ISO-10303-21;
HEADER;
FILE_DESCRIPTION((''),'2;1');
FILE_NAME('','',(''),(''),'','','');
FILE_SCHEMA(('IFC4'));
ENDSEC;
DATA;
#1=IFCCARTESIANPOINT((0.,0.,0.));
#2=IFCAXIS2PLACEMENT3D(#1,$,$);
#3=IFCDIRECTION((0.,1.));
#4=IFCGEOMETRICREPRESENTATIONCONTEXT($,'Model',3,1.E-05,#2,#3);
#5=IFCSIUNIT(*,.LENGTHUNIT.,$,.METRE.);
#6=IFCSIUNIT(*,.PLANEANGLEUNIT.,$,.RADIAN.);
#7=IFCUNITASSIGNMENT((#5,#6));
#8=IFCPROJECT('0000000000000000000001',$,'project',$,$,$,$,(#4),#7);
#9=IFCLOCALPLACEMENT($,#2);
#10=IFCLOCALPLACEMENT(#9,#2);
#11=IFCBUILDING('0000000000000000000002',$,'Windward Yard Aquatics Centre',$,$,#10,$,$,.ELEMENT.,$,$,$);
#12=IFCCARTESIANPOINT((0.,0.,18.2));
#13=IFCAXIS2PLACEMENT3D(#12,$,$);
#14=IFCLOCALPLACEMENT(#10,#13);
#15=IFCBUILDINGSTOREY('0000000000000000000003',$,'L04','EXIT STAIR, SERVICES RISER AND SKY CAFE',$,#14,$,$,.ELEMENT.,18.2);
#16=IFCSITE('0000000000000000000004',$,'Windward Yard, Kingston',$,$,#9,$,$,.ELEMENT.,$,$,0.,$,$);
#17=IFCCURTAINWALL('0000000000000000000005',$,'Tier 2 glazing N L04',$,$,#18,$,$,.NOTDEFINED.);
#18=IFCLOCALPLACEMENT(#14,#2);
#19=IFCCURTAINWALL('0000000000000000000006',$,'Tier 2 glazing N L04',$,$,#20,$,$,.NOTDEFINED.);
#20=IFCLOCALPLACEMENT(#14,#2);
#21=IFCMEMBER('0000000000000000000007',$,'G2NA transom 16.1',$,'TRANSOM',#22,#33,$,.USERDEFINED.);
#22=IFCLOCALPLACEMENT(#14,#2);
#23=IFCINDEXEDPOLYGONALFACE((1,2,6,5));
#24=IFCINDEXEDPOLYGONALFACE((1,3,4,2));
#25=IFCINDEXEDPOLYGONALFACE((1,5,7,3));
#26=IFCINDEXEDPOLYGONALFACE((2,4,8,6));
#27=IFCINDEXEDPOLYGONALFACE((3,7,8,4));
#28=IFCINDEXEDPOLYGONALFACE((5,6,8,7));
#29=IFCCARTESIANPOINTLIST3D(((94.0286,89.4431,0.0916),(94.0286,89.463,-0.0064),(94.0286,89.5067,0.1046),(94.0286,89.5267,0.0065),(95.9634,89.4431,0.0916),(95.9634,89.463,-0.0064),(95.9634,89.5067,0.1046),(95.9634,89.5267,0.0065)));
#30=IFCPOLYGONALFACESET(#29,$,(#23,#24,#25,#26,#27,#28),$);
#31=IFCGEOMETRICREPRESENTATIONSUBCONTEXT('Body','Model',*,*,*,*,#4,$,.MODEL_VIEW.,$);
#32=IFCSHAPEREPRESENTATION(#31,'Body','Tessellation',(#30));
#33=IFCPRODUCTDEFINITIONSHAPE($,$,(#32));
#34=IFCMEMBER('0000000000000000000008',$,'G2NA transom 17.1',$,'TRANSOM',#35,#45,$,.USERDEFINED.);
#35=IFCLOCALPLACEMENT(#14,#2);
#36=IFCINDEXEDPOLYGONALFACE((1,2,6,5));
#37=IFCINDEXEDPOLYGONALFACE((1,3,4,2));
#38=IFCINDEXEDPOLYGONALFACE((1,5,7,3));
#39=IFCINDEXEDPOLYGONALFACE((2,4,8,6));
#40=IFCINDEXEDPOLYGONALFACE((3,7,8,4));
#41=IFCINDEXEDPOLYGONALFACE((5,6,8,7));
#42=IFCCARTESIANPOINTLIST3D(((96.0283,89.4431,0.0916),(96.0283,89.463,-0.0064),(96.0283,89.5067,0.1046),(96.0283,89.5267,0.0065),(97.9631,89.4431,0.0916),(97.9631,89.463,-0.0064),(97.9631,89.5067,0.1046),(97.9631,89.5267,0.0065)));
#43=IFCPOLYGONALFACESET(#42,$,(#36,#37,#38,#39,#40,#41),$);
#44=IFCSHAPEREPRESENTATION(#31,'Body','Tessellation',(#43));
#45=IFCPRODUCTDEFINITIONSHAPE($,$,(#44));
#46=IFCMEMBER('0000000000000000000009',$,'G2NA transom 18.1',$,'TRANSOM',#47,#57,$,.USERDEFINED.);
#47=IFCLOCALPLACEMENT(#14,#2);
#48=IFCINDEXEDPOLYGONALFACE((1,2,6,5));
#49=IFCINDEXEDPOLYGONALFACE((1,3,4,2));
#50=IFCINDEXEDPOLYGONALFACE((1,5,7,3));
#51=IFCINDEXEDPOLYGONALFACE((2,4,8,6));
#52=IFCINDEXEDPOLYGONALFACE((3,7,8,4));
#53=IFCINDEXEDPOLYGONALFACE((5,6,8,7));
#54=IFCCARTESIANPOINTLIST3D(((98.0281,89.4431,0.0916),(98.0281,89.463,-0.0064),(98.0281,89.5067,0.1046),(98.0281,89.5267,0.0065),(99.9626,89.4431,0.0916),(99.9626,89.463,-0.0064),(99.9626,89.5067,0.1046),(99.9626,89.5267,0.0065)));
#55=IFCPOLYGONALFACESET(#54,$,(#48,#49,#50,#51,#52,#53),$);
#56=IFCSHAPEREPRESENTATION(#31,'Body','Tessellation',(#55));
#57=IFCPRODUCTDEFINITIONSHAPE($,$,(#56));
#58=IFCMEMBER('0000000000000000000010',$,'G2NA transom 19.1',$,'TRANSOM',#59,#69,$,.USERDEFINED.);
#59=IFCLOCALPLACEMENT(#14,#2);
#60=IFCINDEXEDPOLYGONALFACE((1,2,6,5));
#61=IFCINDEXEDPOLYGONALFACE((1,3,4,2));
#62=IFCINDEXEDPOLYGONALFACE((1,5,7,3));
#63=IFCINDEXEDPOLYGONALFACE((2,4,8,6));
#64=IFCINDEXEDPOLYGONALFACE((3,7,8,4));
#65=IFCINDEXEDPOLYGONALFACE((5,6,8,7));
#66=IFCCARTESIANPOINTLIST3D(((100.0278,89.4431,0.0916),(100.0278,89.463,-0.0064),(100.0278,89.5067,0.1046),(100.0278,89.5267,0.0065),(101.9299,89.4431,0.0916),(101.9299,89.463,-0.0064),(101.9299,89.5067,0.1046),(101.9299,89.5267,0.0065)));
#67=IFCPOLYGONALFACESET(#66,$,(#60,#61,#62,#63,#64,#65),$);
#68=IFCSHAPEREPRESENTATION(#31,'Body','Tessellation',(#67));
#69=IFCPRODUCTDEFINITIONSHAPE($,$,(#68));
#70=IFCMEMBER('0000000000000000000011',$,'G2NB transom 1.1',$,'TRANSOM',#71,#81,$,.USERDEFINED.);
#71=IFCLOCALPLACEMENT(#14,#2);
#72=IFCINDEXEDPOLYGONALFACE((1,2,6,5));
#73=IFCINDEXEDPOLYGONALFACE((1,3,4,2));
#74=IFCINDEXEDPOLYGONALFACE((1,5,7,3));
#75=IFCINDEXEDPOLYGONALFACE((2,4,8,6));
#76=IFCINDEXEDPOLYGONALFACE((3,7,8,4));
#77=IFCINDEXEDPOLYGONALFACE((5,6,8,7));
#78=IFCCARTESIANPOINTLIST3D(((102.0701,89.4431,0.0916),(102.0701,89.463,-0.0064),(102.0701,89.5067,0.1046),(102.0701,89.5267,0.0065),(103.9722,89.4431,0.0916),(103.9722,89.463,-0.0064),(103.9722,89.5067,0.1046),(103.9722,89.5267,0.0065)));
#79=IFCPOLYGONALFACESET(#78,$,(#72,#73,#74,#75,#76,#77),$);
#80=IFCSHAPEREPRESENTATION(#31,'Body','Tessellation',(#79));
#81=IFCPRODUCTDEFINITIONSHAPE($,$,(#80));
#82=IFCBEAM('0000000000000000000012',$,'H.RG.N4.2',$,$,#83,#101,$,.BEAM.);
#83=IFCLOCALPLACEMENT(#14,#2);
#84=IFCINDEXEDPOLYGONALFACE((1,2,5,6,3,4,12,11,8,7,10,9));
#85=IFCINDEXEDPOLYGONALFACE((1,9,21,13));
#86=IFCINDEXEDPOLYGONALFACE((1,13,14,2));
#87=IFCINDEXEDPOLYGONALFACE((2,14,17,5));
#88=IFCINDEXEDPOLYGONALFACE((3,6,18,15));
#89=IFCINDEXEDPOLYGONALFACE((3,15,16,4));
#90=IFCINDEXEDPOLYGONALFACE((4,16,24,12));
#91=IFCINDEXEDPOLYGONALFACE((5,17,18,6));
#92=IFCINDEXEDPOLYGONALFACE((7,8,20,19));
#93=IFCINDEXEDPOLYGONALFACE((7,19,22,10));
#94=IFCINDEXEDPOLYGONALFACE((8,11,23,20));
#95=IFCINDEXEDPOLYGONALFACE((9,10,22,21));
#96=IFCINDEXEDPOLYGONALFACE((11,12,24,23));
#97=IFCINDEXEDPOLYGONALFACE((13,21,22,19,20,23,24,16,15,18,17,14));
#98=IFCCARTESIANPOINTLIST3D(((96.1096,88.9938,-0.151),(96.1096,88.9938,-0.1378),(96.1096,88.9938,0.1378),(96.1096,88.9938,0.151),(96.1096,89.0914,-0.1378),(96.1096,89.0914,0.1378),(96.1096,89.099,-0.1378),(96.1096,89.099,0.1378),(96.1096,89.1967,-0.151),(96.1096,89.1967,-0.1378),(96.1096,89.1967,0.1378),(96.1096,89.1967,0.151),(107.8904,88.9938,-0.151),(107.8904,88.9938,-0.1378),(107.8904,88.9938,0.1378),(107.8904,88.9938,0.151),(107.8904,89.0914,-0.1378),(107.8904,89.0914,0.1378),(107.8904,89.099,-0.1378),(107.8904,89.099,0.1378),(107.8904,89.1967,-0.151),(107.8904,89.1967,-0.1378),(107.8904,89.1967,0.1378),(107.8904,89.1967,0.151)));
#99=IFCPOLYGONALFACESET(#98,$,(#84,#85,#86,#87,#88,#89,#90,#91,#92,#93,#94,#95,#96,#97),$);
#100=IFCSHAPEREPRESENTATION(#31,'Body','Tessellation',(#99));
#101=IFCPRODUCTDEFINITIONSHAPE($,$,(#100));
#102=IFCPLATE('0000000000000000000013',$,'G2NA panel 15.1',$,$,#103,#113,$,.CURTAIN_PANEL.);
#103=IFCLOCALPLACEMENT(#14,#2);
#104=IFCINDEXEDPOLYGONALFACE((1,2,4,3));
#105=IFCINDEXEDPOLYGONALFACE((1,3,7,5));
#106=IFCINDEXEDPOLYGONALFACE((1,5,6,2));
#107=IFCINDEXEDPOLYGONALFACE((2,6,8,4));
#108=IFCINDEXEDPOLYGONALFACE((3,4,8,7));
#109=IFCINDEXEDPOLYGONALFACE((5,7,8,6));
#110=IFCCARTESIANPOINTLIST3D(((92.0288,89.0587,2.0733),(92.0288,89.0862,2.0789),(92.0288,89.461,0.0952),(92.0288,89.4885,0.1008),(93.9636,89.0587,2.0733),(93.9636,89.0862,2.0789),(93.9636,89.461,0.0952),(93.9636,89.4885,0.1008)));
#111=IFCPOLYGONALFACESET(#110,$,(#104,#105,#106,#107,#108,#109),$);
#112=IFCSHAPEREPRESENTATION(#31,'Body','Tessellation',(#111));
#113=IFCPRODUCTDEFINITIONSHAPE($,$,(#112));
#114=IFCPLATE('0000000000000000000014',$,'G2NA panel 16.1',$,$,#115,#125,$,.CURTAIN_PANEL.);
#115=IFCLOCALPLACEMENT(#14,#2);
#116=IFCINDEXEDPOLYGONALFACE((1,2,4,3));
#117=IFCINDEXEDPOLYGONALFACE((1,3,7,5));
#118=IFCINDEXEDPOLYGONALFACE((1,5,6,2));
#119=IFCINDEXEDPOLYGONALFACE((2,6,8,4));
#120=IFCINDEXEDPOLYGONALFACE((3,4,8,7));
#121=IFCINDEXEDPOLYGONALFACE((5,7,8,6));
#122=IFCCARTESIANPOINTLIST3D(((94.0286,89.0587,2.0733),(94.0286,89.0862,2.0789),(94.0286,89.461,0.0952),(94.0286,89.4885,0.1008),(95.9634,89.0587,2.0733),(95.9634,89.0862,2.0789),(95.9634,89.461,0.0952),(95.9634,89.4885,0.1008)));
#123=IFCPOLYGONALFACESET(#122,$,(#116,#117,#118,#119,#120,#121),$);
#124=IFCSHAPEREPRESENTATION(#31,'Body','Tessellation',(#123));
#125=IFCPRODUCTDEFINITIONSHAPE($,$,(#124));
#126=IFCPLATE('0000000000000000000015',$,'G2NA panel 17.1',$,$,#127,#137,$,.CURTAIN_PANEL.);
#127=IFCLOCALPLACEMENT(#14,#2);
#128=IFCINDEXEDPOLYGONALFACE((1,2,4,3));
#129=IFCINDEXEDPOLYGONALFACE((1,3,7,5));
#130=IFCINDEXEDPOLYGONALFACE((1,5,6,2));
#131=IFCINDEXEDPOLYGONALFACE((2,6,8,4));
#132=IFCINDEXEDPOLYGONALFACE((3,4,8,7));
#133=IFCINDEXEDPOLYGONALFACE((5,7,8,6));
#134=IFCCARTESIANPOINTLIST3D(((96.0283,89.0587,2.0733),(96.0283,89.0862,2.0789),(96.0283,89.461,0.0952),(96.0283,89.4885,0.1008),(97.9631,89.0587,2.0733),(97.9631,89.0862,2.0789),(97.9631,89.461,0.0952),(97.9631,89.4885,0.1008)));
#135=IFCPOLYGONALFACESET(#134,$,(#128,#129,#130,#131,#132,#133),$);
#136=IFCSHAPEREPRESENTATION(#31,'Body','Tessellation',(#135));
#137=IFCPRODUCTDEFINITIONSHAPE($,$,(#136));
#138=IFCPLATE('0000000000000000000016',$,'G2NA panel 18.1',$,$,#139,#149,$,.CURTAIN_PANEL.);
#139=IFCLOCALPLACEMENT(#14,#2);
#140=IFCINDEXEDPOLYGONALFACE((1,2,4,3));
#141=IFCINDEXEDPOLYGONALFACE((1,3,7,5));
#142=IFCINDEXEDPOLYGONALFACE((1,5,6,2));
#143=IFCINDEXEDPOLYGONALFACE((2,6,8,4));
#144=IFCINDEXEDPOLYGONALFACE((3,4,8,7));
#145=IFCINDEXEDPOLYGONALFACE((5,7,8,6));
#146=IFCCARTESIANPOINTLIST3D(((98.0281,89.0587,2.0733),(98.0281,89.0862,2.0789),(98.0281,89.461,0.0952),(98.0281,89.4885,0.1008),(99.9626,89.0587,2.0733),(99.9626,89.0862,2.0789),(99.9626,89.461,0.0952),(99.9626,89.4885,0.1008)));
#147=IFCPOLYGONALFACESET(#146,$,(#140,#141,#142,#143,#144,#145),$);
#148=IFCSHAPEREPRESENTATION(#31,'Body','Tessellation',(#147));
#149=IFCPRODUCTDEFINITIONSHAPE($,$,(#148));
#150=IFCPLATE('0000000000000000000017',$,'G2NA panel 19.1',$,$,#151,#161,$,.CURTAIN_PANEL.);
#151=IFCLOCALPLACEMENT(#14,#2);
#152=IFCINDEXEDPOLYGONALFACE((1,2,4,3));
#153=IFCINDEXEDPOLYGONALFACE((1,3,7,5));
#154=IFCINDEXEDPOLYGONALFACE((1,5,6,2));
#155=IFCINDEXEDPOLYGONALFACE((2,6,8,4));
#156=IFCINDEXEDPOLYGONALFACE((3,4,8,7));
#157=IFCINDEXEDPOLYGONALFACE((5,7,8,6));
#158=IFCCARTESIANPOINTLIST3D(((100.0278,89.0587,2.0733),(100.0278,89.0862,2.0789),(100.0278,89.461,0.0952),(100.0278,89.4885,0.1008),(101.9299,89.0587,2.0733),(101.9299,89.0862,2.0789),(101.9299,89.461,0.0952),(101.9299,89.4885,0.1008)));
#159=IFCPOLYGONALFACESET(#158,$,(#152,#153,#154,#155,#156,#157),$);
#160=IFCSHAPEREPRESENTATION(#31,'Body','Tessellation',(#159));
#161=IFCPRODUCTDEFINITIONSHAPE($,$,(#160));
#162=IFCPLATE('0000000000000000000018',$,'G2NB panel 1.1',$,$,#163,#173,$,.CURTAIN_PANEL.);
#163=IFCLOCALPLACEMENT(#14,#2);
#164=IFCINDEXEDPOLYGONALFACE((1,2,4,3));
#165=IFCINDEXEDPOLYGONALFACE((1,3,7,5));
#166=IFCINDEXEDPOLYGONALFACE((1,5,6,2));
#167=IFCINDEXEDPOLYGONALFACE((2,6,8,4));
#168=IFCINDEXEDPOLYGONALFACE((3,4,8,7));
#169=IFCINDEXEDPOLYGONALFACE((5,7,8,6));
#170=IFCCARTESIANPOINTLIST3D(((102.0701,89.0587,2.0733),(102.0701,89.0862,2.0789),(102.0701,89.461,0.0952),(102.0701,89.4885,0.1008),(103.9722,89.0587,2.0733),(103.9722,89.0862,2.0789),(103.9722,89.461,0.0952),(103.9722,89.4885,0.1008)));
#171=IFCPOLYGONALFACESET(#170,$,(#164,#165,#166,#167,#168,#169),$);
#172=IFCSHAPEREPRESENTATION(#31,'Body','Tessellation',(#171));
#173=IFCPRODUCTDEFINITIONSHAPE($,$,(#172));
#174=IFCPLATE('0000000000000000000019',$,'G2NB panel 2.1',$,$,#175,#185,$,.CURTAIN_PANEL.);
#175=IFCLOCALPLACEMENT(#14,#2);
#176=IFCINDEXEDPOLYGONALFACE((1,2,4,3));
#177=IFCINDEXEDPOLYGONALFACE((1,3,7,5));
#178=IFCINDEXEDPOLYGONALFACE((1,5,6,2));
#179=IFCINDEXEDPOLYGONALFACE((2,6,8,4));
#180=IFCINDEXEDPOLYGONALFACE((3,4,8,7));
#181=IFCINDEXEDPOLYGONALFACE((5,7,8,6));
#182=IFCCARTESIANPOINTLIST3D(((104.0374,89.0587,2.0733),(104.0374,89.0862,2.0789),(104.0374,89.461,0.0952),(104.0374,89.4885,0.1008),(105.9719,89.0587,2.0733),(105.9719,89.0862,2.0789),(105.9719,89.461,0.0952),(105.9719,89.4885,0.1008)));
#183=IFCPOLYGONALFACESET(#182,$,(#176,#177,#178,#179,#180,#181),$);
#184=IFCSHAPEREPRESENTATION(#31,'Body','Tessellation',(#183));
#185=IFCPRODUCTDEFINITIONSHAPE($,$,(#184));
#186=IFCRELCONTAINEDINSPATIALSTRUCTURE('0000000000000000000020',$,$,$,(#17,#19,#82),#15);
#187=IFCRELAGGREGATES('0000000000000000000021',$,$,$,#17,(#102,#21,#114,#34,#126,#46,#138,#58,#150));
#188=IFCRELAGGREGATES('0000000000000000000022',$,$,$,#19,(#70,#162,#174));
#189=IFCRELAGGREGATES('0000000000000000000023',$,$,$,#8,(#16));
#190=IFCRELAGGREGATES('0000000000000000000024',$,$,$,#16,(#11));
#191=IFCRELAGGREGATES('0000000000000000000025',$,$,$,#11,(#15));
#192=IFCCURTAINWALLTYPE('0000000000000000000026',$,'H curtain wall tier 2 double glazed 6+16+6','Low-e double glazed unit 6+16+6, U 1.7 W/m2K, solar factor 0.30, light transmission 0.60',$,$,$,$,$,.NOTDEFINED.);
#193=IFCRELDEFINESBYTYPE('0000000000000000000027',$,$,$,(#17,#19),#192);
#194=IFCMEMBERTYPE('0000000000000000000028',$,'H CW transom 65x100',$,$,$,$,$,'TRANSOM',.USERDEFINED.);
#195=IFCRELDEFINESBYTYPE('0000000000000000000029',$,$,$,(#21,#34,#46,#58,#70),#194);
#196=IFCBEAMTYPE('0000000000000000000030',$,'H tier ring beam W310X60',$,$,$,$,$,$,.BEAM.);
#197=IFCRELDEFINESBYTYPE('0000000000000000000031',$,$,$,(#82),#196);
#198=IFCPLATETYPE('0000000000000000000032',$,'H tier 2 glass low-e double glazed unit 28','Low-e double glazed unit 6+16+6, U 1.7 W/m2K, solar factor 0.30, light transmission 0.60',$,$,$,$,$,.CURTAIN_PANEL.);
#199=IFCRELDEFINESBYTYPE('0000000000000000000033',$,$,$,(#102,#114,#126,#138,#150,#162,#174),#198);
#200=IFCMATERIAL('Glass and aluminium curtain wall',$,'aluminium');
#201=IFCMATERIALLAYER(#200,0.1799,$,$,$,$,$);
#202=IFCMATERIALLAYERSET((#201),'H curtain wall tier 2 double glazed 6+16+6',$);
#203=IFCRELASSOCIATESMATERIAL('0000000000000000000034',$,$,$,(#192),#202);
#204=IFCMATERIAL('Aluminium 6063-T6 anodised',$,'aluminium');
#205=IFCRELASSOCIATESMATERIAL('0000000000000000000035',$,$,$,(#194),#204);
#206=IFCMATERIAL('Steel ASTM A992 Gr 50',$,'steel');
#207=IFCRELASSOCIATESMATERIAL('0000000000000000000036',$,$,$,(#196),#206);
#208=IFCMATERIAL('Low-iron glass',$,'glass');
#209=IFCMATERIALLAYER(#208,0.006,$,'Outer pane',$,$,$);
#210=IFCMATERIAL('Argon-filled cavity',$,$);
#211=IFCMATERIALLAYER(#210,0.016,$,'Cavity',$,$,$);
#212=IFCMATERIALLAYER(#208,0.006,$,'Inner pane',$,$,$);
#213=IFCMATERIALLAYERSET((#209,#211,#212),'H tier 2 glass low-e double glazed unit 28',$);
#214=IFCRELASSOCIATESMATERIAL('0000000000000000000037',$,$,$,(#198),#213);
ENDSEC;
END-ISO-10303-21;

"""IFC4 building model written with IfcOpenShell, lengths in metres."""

from ifc_helpers import new_model, si_unit, direction, frame, origin, origin_2d, place, context, subcontext, project, spatial, polyline, rectangle, i_section, outline, extrude, material, layer, layer_set, material_profile, profile_set, type_object, element, aggregate, save


model = new_model("IFC4")

# Units and contexts
model_context = context("Model", 3, precision=1e-05, world=origin(), true_north=direction((0.0, 1.0)))
body_context = subcontext(model_context, "Body", "Model", "MODEL_VIEW")
ifc_project = project(units=[si_unit("LENGTHUNIT", "METRE"), si_unit("PLANEANGLEUNIT", "RADIAN")], contexts=[model_context])

# Site, building, storey
site_placement = place(None, origin())
site = spatial("IfcSite", under=ifc_project, at=site_placement, Name="Windward Yard, Kingston", CompositionType="ELEMENT", RefElevation=0.0)
building_placement = place(site_placement, origin())
building = spatial("IfcBuilding", under=site, at=building_placement, Name="Windward Yard Aquatics Centre", CompositionType="ELEMENT")
storey_placement = place(building_placement, frame((0.0, 0.0, 18.2)))
storey = spatial("IfcBuildingStorey", under=building, at=storey_placement, Name="L04", Description="EXIT STAIR, SERVICES RISER AND SKY CAFE", CompositionType="ELEMENT", Elevation=18.2)

# Curtain walls
ifc_material_1 = material(Name="Glass and aluminium curtain wall", Category="aluminium")
ifc_layer_1 = layer(ifc_material_1, 0.1799)
ifc_layer_set_1 = layer_set([ifc_layer_1], Name="H curtain wall tier 2 double glazed 6+16+6")
curtain_wall_type = type_object("IfcCurtainWallType", Name="H curtain wall tier 2 double glazed 6+16+6", Description="Low-e double glazed unit 6+16+6, U 1.7 W/m2K, solar factor 0.30, light transmission 0.60", PredefinedType="NOTDEFINED", material=ifc_layer_set_1)
curtain_wall_1_placement = place(storey_placement, origin())
curtain_wall_1 = element("IfcCurtainWall", 1, at=curtain_wall_1_placement, inside=storey, type_object=curtain_wall_type, Name="Tier 2 glazing N L04", PredefinedType="NOTDEFINED")
ifc_material_2 = material(Name="Aluminium 6063-T6 anodised", Category="aluminium")
curtain_wall_2_placement = place(storey_placement, origin())
curtain_wall_2 = element("IfcCurtainWall", 2, at=curtain_wall_2_placement, inside=storey, type_object=curtain_wall_type, Name="Tier 2 glazing N L04", PredefinedType="NOTDEFINED")

# Members
ifc_material_profile_1 = material_profile(ifc_material_2, rectangle(XDim=0.0649, YDim=0.1001, at=origin_2d()), Name="H CW transom 65x100")
ifc_profile_set_1 = profile_set([ifc_material_profile_1], Name="Aluminium 6063-T6 anodised")
member_type_1 = type_object("IfcMemberType", Name="H CW transom 65x100", ElementType="TRANSOM", PredefinedType="USERDEFINED", material=ifc_profile_set_1)
member_1_placement = place(storey_placement, frame((94.0286, 89.4849, 0.0491), z_axis=(1.0, 0.0, 0.0), x_axis=(0.0, 0.979925, 0.199368)))
member_1 = element("IfcMember", 3, at=member_1_placement, type_object=member_type_1, Name="G2NA transom 16.1", ObjectType="TRANSOM", PredefinedType="USERDEFINED", context=body_context, shape_type="SweptSolid", body=[
    extrude(rectangle(XDim=0.0649, YDim=0.1001, at=origin_2d()), origin(), (0.0, 0.0, 1.0), 1.9348),
])
member_2_placement = place(storey_placement, frame((96.0283, 89.4849, 0.0491), z_axis=(1.0, 0.0, 0.0), x_axis=(0.0, 0.979925, 0.199368)))
member_2 = element("IfcMember", 4, at=member_2_placement, type_object=member_type_1, Name="G2NA transom 17.1", ObjectType="TRANSOM", PredefinedType="USERDEFINED", context=body_context, shape_type="SweptSolid", body=[
    extrude(rectangle(XDim=0.0649, YDim=0.1001, at=origin_2d()), origin(), (0.0, 0.0, 1.0), 1.9348),
])
member_3_placement = place(storey_placement, frame((98.0281, 89.4849, 0.0491), z_axis=(1.0, 0.0, 0.0), x_axis=(0.0, 0.979925, 0.199368)))
member_3 = element("IfcMember", 5, at=member_3_placement, type_object=member_type_1, Name="G2NA transom 18.1", ObjectType="TRANSOM", PredefinedType="USERDEFINED", context=body_context, shape_type="SweptSolid", body=[
    extrude(rectangle(XDim=0.0649, YDim=0.1001, at=origin_2d()), origin(), (0.0, 0.0, 1.0), 1.9346),
])
member_4_placement = place(storey_placement, frame((100.0278, 89.4849, 0.0491), z_axis=(1.0, 0.0, 0.0), x_axis=(0.0, 0.979925, 0.199368)))
member_4 = element("IfcMember", 6, at=member_4_placement, type_object=member_type_1, Name="G2NA transom 19.1", ObjectType="TRANSOM", PredefinedType="USERDEFINED", context=body_context, shape_type="SweptSolid", body=[
    extrude(rectangle(XDim=0.0649, YDim=0.1001, at=origin_2d()), origin(), (0.0, 0.0, 1.0), 1.9021),
])
member_5_placement = place(storey_placement, frame((102.0701, 89.4849, 0.0491), z_axis=(1.0, 0.0, 0.0), x_axis=(0.0, 0.979925, 0.199368)))
member_5 = element("IfcMember", 7, at=member_5_placement, type_object=member_type_1, Name="G2NB transom 1.1", ObjectType="TRANSOM", PredefinedType="USERDEFINED", context=body_context, shape_type="SweptSolid", body=[
    extrude(rectangle(XDim=0.0649, YDim=0.1001, at=origin_2d()), origin(), (0.0, 0.0, 1.0), 1.9021),
])

# Beam
ifc_material_3 = material(Name="Steel ASTM A992 Gr 50", Category="steel")
ifc_material_profile_2 = material_profile(ifc_material_3, i_section(OverallWidth=0.2029, OverallDepth=0.302, WebThickness=0.0076, FlangeThickness=0.0132, at=origin_2d()), Name="W310X60")
ifc_profile_set_2 = profile_set([ifc_material_profile_2], Name="Steel ASTM A992 Gr 50")
beam_type = type_object("IfcBeamType", Name="H tier ring beam W310X60", PredefinedType="BEAM", material=ifc_profile_set_2)
beam_placement = place(storey_placement, frame((96.1096, 89.0952, 0.0), z_axis=(1.0, 0.0, 0.0), x_axis=(0.0, 1.0, 0.0)))
element("IfcBeam", 8, at=beam_placement, inside=storey, type_object=beam_type, Name="H.RG.N4.2", PredefinedType="BEAM", context=body_context, shape_type="SweptSolid", body=[
    extrude(i_section(OverallWidth=0.2029, OverallDepth=0.302, WebThickness=0.0076, FlangeThickness=0.0132, at=origin_2d()), origin(), (0.0, 0.0, 1.0), 11.7808),
])

# Plates
ifc_material_4 = material(Name="Low-iron glass", Category="glass")
ifc_layer_2 = layer(ifc_material_4, 0.006, Name="Outer pane")
ifc_material_5 = material(Name="Argon-filled cavity")
ifc_layer_3 = layer(ifc_material_5, 0.016, Name="Cavity")
ifc_layer_4 = layer(ifc_material_4, 0.006, Name="Inner pane")
ifc_layer_set_2 = layer_set([ifc_layer_2, ifc_layer_3, ifc_layer_4], Name="H tier 2 glass low-e double glazed unit 28")
plate_type = type_object("IfcPlateType", Name="H tier 2 glass low-e double glazed unit 28", Description="Low-e double glazed unit 6+16+6, U 1.7 W/m2K, solar factor 0.30, light transmission 0.60", PredefinedType="CURTAIN_PANEL", material=ifc_layer_set_2)
plate_1_placement = place(storey_placement, frame((92.0288, 89.0862, 2.0789), z_axis=(0.0, 0.979933, 0.199325), x_axis=(0.0, 0.199325, -0.979933)))
plate_1 = element("IfcPlate", 9, at=plate_1_placement, type_object=plate_type, Name="G2NA panel 15.1", PredefinedType="CURTAIN_PANEL", context=body_context, shape_type="SweptSolid", body=[
    extrude(outline(polyline([(0.0, 0.0), (2.0185, 0.0), (2.0185, -1.9348), (0.0, -1.9348), (0.0, 0.0)])), origin(), (0.0, 0.0, -1.0), 0.0281),
])
plate_2_placement = place(storey_placement, frame((94.0286, 89.0862, 2.0789), z_axis=(0.0, 0.979933, 0.199325), x_axis=(0.0, 0.199325, -0.979933)))
plate_2 = element("IfcPlate", 10, at=plate_2_placement, type_object=plate_type, Name="G2NA panel 16.1", PredefinedType="CURTAIN_PANEL", context=body_context, shape_type="SweptSolid", body=[
    extrude(outline(polyline([(0.0, 0.0), (2.0185, 0.0), (2.0185, -1.9348), (0.0, -1.9348), (0.0, 0.0)])), origin(), (0.0, 0.0, -1.0), 0.0281),
])
plate_3_placement = place(storey_placement, frame((96.0283, 89.0862, 2.0789), z_axis=(0.0, 0.979933, 0.199325), x_axis=(0.0, 0.199325, -0.979933)))
plate_3 = element("IfcPlate", 11, at=plate_3_placement, type_object=plate_type, Name="G2NA panel 17.1", PredefinedType="CURTAIN_PANEL", context=body_context, shape_type="SweptSolid", body=[
    extrude(outline(polyline([(0.0, 0.0), (2.0185, 0.0), (2.0185, -1.9348), (0.0, -1.9348), (0.0, 0.0)])), origin(), (0.0, 0.0, -1.0), 0.0281),
])
plate_4_placement = place(storey_placement, frame((98.0281, 89.0862, 2.0789), z_axis=(0.0, 0.979933, 0.199325), x_axis=(0.0, 0.199325, -0.979933)))
plate_4 = element("IfcPlate", 12, at=plate_4_placement, type_object=plate_type, Name="G2NA panel 18.1", PredefinedType="CURTAIN_PANEL", context=body_context, shape_type="SweptSolid", body=[
    extrude(outline(polyline([(0.0, 0.0), (2.0185, 0.0), (2.0185, -1.9346), (0.0, -1.9346), (0.0, 0.0)])), origin(), (0.0, 0.0, -1.0), 0.0281),
])
plate_5_placement = place(storey_placement, frame((100.0278, 89.0862, 2.0789), z_axis=(0.0, 0.979933, 0.199325), x_axis=(0.0, 0.199325, -0.979933)))
plate_5 = element("IfcPlate", 13, at=plate_5_placement, type_object=plate_type, Name="G2NA panel 19.1", PredefinedType="CURTAIN_PANEL", context=body_context, shape_type="SweptSolid", body=[
    extrude(outline(polyline([(0.0, 0.0), (2.0185, 0.0), (2.0185, -1.9021), (0.0, -1.9021), (0.0, 0.0)])), origin(), (0.0, 0.0, -1.0), 0.0281),
])
aggregate(curtain_wall_1, [plate_1, member_1, plate_2, member_2, plate_3, member_3, plate_4, member_4, plate_5])
plate_6_placement = place(storey_placement, frame((102.0701, 89.0862, 2.0789), z_axis=(0.0, 0.979933, 0.199325), x_axis=(0.0, 0.199325, -0.979933)))
plate_6 = element("IfcPlate", 14, at=plate_6_placement, type_object=plate_type, Name="G2NB panel 1.1", PredefinedType="CURTAIN_PANEL", context=body_context, shape_type="SweptSolid", body=[
    extrude(outline(polyline([(0.0, 0.0), (2.0185, 0.0), (2.0185, -1.9021), (0.0, -1.9021), (0.0, 0.0)])), origin(), (0.0, 0.0, -1.0), 0.0281),
])
plate_7_placement = place(storey_placement, frame((104.0374, 89.0862, 2.0789), z_axis=(0.0, 0.979933, 0.199325), x_axis=(0.0, 0.199325, -0.979933)))
plate_7 = element("IfcPlate", 15, at=plate_7_placement, type_object=plate_type, Name="G2NB panel 2.1", PredefinedType="CURTAIN_PANEL", context=body_context, shape_type="SweptSolid", body=[
    extrude(outline(polyline([(0.0, 0.0), (2.0185, 0.0), (2.0185, -1.9346), (0.0, -1.9346), (0.0, 0.0)])), origin(), (0.0, 0.0, -1.0), 0.0281),
])
aggregate(curtain_wall_2, [member_5, plate_6, plate_7])

save(model, "model.ifc")
